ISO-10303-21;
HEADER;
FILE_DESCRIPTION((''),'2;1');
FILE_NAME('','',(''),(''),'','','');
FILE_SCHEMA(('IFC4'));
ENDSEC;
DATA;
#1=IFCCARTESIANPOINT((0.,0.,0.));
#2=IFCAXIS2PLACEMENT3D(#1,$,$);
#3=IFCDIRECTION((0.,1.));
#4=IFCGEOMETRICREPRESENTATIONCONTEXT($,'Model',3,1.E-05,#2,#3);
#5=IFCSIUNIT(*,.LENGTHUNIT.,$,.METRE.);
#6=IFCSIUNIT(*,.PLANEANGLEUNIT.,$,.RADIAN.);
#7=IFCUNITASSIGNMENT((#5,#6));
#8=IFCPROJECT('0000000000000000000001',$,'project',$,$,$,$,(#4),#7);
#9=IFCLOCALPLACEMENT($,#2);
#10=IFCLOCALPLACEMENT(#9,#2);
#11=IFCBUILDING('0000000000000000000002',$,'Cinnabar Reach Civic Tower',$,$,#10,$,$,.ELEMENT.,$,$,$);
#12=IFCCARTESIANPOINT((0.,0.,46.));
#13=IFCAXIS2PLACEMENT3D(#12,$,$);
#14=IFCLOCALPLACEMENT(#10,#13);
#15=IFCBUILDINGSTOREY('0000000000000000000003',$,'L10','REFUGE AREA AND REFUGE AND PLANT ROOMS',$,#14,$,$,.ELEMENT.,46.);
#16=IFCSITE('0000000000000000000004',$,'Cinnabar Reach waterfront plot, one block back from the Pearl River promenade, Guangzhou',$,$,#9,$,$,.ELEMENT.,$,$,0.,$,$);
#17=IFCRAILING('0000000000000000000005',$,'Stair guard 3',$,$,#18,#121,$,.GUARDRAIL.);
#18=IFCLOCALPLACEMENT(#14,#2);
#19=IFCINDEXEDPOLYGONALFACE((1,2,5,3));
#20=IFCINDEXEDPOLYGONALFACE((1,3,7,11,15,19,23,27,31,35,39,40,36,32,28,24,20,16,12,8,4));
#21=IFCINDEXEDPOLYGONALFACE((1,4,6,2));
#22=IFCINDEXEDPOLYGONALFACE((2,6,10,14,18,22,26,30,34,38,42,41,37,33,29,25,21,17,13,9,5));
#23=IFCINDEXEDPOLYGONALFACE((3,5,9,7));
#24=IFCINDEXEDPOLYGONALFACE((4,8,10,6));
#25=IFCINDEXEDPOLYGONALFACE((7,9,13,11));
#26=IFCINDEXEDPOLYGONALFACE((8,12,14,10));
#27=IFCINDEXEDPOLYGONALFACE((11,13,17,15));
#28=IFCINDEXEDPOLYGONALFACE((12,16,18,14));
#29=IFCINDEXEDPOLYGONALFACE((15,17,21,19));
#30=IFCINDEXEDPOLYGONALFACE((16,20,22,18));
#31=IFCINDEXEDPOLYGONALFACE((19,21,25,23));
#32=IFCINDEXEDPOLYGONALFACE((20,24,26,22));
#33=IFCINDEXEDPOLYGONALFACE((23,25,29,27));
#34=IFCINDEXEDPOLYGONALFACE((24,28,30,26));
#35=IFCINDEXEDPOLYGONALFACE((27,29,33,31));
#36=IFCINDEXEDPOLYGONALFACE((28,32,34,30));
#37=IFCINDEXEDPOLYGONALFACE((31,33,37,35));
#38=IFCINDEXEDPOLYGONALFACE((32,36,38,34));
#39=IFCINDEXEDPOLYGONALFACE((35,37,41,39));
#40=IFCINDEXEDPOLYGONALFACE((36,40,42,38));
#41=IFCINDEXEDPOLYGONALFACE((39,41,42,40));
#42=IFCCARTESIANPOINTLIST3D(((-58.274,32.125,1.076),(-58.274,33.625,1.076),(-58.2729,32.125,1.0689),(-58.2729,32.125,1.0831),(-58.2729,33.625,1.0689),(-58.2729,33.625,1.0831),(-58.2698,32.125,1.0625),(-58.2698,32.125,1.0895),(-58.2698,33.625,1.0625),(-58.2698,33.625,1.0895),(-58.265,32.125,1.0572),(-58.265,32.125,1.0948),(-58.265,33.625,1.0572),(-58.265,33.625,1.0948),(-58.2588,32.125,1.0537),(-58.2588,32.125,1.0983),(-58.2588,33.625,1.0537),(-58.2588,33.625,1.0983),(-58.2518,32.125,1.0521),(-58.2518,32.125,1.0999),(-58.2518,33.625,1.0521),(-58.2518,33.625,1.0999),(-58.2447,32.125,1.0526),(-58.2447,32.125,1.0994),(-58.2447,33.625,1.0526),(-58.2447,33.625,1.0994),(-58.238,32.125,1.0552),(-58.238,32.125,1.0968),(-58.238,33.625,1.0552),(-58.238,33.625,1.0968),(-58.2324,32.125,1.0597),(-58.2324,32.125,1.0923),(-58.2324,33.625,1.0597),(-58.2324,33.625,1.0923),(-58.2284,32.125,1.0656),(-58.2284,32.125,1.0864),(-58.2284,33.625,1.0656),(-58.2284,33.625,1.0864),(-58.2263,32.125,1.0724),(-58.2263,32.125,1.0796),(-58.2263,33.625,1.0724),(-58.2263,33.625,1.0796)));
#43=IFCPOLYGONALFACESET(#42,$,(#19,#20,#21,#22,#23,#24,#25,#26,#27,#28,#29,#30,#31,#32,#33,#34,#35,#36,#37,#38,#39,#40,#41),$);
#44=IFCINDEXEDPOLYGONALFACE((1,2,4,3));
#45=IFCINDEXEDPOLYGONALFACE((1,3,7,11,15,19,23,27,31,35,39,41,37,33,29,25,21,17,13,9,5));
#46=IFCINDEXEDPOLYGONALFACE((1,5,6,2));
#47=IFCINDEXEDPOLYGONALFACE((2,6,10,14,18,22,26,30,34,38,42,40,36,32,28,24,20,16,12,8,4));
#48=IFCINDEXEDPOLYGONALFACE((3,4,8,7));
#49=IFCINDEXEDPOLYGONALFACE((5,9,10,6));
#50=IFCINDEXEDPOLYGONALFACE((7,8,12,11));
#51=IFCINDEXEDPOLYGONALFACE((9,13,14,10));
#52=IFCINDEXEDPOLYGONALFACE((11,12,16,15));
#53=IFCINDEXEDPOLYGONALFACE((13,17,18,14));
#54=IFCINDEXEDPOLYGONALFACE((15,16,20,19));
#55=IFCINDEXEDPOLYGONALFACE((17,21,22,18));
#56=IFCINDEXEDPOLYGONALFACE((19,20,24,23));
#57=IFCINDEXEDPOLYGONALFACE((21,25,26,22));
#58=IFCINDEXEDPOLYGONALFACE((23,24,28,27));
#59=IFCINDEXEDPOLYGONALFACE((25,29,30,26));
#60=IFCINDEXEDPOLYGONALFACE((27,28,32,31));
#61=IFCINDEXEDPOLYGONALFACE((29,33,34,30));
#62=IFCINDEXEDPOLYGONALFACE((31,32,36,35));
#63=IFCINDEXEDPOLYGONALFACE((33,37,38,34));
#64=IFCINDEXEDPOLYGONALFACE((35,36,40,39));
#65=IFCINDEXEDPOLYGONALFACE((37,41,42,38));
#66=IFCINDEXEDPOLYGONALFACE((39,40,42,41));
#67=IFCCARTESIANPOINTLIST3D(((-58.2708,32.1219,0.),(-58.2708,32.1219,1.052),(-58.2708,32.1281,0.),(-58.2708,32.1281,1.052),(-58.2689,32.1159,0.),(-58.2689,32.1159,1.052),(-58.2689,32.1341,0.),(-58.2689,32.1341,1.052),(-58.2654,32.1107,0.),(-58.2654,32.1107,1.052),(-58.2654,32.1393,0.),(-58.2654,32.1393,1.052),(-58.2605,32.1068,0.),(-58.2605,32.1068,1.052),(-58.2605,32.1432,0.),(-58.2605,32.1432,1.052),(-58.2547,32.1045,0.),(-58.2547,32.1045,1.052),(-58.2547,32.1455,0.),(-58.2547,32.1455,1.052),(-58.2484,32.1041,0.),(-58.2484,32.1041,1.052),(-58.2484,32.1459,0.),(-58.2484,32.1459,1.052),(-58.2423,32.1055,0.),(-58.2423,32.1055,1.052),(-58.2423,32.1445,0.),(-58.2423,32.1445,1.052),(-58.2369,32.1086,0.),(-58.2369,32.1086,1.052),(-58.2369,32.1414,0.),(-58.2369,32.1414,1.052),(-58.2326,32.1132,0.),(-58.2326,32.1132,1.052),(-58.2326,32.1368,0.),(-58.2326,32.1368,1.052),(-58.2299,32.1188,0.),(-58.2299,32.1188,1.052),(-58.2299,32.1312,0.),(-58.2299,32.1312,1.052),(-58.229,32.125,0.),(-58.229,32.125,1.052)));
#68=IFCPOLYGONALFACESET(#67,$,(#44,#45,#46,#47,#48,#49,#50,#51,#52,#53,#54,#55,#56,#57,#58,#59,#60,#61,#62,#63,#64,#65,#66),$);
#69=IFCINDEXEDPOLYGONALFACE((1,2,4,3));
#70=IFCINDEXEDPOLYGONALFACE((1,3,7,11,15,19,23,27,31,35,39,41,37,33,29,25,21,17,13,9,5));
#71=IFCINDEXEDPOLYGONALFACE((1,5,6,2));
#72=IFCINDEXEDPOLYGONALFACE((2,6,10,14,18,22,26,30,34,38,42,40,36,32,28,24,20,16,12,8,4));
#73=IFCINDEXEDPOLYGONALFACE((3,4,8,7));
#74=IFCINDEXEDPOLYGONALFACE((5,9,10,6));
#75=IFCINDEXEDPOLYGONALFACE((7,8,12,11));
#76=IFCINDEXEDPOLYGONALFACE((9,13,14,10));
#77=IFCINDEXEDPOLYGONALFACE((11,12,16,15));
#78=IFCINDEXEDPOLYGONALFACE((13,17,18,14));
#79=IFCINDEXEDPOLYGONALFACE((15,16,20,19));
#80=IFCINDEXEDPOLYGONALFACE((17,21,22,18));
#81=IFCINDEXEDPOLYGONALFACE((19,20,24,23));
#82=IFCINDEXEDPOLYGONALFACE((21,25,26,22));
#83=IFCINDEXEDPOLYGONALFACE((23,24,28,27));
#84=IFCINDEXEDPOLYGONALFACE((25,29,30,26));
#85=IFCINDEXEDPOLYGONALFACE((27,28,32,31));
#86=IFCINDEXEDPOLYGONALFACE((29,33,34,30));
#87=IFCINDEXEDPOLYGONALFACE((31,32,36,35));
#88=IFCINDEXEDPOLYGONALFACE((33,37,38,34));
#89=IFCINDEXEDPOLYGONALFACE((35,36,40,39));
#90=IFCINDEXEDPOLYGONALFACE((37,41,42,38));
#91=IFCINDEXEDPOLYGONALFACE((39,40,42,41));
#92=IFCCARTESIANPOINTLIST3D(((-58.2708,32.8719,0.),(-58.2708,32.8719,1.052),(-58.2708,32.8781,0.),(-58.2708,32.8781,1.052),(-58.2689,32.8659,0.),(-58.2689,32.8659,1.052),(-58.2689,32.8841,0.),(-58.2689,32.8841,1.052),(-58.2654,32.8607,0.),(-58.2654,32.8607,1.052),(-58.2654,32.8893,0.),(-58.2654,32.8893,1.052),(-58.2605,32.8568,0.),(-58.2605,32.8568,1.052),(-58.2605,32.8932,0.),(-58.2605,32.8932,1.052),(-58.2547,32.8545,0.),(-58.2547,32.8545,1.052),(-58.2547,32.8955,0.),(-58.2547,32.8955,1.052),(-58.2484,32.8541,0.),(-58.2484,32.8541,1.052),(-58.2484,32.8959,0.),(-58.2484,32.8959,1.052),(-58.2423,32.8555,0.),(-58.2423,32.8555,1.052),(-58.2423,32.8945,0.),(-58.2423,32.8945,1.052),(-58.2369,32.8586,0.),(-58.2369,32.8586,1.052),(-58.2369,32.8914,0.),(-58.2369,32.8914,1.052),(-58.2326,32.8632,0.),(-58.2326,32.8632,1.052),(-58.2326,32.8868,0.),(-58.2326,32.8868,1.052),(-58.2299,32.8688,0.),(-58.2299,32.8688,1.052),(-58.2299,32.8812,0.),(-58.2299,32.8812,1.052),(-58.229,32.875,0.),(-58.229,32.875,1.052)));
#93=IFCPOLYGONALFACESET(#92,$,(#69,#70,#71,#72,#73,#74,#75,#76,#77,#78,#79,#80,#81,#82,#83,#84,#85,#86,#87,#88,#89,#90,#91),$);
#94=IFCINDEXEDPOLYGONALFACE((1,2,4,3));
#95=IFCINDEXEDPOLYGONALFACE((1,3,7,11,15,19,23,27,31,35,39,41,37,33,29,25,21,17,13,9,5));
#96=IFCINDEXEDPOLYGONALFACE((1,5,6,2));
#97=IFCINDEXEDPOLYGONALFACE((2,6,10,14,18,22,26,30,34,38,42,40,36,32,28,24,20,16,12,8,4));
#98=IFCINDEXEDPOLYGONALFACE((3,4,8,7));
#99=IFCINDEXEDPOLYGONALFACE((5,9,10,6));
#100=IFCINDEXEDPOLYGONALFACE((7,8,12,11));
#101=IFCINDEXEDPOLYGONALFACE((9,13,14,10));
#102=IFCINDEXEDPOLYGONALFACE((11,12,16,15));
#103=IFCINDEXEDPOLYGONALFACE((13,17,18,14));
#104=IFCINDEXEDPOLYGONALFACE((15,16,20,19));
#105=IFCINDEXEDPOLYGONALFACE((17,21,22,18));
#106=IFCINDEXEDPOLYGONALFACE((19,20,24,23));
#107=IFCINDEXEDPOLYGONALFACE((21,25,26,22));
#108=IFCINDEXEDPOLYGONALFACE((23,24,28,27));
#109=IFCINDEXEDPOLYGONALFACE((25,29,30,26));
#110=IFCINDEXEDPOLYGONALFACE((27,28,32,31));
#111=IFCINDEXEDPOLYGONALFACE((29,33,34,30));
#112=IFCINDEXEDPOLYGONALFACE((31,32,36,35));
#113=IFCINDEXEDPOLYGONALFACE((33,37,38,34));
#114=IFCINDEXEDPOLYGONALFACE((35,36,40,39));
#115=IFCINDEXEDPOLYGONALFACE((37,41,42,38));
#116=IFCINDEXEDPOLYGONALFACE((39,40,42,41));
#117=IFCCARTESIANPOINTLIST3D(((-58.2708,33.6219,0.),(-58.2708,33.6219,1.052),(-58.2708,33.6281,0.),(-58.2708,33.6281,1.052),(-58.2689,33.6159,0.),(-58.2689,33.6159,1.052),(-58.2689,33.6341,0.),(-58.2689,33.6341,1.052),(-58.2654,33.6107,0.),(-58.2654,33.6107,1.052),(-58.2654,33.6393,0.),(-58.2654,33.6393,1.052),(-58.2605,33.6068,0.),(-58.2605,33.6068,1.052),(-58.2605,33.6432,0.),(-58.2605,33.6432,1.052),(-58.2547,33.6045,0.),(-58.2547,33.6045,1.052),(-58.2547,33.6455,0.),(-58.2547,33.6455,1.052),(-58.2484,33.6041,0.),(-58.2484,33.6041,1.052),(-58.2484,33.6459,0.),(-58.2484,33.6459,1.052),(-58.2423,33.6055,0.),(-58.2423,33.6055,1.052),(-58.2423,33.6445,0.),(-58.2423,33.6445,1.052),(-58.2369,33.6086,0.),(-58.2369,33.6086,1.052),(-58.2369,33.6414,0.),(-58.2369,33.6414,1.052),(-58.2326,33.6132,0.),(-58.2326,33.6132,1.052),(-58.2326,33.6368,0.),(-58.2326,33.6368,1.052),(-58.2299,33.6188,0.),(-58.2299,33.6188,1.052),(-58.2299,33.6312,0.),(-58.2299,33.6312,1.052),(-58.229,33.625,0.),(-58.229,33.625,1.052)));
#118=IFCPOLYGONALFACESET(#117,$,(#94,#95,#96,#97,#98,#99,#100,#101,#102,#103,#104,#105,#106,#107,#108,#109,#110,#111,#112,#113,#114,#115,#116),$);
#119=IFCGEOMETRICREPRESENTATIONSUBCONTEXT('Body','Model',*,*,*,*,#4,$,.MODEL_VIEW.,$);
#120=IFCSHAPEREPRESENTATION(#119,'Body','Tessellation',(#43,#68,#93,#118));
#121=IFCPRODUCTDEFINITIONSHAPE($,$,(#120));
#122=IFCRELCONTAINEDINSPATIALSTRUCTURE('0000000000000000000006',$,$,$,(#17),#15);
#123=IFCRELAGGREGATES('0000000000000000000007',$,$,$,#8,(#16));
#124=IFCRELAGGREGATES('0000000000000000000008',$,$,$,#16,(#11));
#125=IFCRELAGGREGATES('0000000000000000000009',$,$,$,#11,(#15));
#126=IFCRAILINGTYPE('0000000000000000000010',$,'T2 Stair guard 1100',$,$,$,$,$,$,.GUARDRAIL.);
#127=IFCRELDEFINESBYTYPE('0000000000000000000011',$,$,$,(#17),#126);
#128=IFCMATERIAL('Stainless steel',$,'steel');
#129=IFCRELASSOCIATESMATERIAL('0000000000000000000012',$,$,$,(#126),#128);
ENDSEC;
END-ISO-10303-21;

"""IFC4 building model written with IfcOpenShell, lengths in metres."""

from ifc_helpers import new_model, si_unit, direction, frame, origin, origin_2d, place, context, subcontext, project, spatial, circle, extrude, material, type_object, element, save


model = new_model("IFC4")

# Units and contexts
model_context = context("Model", 3, precision=1e-05, world=origin(), true_north=direction((0.0, 1.0)))
body_context = subcontext(model_context, "Body", "Model", "MODEL_VIEW")
ifc_project = project(units=[si_unit("LENGTHUNIT", "METRE"), si_unit("PLANEANGLEUNIT", "RADIAN")], contexts=[model_context])

# Site, building, storey
site_placement = place(None, origin())
site = spatial("IfcSite", under=ifc_project, at=site_placement, Name="Cinnabar Reach waterfront plot, one block back from the Pearl River promenade, Guangzhou", CompositionType="ELEMENT", RefElevation=0.0)
building_placement = place(site_placement, origin())
building = spatial("IfcBuilding", under=site, at=building_placement, Name="Cinnabar Reach Civic Tower", CompositionType="ELEMENT")
storey_placement = place(building_placement, frame((0.0, 0.0, 46.0)))
storey = spatial("IfcBuildingStorey", under=building, at=storey_placement, Name="L10", Description="REFUGE AREA AND REFUGE AND PLANT ROOMS", CompositionType="ELEMENT", Elevation=46.0)

# Railing
ifc_material_1 = material(Name="Stainless steel", Category="steel")
railing_type = type_object("IfcRailingType", Name="T2 Stair guard 1100", PredefinedType="GUARDRAIL", material=ifc_material_1)
railing_1_placement = place(storey_placement, frame((-58.25, 32.125, 0.0)))
element("IfcRailing", 1, at=railing_1_placement, inside=storey, type_object=railing_type, Name="Stair guard 3", PredefinedType="GUARDRAIL", context=body_context, shape_type="SweptSolid", body=[
    extrude(circle(Radius=0.024, at=origin_2d()), frame((0.0, 0.0, 1.076), z_axis=(0.0, 1.0, 0.0), x_axis=(-1.0, 0.0, 0.0)), (0.0, 0.0, 1.0), 1.5),
    extrude(circle(Radius=0.021, at=origin_2d()), origin(), (0.0, 0.0, 1.0), 1.052),
    extrude(circle(Radius=0.021, at=origin_2d()), frame((0.0, 0.75, 0.0)), (0.0, 0.0, 1.0), 1.052),
    extrude(circle(Radius=0.021, at=origin_2d()), frame((0.0, 1.5, 0.0)), (0.0, 0.0, 1.0), 1.052),
])

save(model, "model.ifc")
